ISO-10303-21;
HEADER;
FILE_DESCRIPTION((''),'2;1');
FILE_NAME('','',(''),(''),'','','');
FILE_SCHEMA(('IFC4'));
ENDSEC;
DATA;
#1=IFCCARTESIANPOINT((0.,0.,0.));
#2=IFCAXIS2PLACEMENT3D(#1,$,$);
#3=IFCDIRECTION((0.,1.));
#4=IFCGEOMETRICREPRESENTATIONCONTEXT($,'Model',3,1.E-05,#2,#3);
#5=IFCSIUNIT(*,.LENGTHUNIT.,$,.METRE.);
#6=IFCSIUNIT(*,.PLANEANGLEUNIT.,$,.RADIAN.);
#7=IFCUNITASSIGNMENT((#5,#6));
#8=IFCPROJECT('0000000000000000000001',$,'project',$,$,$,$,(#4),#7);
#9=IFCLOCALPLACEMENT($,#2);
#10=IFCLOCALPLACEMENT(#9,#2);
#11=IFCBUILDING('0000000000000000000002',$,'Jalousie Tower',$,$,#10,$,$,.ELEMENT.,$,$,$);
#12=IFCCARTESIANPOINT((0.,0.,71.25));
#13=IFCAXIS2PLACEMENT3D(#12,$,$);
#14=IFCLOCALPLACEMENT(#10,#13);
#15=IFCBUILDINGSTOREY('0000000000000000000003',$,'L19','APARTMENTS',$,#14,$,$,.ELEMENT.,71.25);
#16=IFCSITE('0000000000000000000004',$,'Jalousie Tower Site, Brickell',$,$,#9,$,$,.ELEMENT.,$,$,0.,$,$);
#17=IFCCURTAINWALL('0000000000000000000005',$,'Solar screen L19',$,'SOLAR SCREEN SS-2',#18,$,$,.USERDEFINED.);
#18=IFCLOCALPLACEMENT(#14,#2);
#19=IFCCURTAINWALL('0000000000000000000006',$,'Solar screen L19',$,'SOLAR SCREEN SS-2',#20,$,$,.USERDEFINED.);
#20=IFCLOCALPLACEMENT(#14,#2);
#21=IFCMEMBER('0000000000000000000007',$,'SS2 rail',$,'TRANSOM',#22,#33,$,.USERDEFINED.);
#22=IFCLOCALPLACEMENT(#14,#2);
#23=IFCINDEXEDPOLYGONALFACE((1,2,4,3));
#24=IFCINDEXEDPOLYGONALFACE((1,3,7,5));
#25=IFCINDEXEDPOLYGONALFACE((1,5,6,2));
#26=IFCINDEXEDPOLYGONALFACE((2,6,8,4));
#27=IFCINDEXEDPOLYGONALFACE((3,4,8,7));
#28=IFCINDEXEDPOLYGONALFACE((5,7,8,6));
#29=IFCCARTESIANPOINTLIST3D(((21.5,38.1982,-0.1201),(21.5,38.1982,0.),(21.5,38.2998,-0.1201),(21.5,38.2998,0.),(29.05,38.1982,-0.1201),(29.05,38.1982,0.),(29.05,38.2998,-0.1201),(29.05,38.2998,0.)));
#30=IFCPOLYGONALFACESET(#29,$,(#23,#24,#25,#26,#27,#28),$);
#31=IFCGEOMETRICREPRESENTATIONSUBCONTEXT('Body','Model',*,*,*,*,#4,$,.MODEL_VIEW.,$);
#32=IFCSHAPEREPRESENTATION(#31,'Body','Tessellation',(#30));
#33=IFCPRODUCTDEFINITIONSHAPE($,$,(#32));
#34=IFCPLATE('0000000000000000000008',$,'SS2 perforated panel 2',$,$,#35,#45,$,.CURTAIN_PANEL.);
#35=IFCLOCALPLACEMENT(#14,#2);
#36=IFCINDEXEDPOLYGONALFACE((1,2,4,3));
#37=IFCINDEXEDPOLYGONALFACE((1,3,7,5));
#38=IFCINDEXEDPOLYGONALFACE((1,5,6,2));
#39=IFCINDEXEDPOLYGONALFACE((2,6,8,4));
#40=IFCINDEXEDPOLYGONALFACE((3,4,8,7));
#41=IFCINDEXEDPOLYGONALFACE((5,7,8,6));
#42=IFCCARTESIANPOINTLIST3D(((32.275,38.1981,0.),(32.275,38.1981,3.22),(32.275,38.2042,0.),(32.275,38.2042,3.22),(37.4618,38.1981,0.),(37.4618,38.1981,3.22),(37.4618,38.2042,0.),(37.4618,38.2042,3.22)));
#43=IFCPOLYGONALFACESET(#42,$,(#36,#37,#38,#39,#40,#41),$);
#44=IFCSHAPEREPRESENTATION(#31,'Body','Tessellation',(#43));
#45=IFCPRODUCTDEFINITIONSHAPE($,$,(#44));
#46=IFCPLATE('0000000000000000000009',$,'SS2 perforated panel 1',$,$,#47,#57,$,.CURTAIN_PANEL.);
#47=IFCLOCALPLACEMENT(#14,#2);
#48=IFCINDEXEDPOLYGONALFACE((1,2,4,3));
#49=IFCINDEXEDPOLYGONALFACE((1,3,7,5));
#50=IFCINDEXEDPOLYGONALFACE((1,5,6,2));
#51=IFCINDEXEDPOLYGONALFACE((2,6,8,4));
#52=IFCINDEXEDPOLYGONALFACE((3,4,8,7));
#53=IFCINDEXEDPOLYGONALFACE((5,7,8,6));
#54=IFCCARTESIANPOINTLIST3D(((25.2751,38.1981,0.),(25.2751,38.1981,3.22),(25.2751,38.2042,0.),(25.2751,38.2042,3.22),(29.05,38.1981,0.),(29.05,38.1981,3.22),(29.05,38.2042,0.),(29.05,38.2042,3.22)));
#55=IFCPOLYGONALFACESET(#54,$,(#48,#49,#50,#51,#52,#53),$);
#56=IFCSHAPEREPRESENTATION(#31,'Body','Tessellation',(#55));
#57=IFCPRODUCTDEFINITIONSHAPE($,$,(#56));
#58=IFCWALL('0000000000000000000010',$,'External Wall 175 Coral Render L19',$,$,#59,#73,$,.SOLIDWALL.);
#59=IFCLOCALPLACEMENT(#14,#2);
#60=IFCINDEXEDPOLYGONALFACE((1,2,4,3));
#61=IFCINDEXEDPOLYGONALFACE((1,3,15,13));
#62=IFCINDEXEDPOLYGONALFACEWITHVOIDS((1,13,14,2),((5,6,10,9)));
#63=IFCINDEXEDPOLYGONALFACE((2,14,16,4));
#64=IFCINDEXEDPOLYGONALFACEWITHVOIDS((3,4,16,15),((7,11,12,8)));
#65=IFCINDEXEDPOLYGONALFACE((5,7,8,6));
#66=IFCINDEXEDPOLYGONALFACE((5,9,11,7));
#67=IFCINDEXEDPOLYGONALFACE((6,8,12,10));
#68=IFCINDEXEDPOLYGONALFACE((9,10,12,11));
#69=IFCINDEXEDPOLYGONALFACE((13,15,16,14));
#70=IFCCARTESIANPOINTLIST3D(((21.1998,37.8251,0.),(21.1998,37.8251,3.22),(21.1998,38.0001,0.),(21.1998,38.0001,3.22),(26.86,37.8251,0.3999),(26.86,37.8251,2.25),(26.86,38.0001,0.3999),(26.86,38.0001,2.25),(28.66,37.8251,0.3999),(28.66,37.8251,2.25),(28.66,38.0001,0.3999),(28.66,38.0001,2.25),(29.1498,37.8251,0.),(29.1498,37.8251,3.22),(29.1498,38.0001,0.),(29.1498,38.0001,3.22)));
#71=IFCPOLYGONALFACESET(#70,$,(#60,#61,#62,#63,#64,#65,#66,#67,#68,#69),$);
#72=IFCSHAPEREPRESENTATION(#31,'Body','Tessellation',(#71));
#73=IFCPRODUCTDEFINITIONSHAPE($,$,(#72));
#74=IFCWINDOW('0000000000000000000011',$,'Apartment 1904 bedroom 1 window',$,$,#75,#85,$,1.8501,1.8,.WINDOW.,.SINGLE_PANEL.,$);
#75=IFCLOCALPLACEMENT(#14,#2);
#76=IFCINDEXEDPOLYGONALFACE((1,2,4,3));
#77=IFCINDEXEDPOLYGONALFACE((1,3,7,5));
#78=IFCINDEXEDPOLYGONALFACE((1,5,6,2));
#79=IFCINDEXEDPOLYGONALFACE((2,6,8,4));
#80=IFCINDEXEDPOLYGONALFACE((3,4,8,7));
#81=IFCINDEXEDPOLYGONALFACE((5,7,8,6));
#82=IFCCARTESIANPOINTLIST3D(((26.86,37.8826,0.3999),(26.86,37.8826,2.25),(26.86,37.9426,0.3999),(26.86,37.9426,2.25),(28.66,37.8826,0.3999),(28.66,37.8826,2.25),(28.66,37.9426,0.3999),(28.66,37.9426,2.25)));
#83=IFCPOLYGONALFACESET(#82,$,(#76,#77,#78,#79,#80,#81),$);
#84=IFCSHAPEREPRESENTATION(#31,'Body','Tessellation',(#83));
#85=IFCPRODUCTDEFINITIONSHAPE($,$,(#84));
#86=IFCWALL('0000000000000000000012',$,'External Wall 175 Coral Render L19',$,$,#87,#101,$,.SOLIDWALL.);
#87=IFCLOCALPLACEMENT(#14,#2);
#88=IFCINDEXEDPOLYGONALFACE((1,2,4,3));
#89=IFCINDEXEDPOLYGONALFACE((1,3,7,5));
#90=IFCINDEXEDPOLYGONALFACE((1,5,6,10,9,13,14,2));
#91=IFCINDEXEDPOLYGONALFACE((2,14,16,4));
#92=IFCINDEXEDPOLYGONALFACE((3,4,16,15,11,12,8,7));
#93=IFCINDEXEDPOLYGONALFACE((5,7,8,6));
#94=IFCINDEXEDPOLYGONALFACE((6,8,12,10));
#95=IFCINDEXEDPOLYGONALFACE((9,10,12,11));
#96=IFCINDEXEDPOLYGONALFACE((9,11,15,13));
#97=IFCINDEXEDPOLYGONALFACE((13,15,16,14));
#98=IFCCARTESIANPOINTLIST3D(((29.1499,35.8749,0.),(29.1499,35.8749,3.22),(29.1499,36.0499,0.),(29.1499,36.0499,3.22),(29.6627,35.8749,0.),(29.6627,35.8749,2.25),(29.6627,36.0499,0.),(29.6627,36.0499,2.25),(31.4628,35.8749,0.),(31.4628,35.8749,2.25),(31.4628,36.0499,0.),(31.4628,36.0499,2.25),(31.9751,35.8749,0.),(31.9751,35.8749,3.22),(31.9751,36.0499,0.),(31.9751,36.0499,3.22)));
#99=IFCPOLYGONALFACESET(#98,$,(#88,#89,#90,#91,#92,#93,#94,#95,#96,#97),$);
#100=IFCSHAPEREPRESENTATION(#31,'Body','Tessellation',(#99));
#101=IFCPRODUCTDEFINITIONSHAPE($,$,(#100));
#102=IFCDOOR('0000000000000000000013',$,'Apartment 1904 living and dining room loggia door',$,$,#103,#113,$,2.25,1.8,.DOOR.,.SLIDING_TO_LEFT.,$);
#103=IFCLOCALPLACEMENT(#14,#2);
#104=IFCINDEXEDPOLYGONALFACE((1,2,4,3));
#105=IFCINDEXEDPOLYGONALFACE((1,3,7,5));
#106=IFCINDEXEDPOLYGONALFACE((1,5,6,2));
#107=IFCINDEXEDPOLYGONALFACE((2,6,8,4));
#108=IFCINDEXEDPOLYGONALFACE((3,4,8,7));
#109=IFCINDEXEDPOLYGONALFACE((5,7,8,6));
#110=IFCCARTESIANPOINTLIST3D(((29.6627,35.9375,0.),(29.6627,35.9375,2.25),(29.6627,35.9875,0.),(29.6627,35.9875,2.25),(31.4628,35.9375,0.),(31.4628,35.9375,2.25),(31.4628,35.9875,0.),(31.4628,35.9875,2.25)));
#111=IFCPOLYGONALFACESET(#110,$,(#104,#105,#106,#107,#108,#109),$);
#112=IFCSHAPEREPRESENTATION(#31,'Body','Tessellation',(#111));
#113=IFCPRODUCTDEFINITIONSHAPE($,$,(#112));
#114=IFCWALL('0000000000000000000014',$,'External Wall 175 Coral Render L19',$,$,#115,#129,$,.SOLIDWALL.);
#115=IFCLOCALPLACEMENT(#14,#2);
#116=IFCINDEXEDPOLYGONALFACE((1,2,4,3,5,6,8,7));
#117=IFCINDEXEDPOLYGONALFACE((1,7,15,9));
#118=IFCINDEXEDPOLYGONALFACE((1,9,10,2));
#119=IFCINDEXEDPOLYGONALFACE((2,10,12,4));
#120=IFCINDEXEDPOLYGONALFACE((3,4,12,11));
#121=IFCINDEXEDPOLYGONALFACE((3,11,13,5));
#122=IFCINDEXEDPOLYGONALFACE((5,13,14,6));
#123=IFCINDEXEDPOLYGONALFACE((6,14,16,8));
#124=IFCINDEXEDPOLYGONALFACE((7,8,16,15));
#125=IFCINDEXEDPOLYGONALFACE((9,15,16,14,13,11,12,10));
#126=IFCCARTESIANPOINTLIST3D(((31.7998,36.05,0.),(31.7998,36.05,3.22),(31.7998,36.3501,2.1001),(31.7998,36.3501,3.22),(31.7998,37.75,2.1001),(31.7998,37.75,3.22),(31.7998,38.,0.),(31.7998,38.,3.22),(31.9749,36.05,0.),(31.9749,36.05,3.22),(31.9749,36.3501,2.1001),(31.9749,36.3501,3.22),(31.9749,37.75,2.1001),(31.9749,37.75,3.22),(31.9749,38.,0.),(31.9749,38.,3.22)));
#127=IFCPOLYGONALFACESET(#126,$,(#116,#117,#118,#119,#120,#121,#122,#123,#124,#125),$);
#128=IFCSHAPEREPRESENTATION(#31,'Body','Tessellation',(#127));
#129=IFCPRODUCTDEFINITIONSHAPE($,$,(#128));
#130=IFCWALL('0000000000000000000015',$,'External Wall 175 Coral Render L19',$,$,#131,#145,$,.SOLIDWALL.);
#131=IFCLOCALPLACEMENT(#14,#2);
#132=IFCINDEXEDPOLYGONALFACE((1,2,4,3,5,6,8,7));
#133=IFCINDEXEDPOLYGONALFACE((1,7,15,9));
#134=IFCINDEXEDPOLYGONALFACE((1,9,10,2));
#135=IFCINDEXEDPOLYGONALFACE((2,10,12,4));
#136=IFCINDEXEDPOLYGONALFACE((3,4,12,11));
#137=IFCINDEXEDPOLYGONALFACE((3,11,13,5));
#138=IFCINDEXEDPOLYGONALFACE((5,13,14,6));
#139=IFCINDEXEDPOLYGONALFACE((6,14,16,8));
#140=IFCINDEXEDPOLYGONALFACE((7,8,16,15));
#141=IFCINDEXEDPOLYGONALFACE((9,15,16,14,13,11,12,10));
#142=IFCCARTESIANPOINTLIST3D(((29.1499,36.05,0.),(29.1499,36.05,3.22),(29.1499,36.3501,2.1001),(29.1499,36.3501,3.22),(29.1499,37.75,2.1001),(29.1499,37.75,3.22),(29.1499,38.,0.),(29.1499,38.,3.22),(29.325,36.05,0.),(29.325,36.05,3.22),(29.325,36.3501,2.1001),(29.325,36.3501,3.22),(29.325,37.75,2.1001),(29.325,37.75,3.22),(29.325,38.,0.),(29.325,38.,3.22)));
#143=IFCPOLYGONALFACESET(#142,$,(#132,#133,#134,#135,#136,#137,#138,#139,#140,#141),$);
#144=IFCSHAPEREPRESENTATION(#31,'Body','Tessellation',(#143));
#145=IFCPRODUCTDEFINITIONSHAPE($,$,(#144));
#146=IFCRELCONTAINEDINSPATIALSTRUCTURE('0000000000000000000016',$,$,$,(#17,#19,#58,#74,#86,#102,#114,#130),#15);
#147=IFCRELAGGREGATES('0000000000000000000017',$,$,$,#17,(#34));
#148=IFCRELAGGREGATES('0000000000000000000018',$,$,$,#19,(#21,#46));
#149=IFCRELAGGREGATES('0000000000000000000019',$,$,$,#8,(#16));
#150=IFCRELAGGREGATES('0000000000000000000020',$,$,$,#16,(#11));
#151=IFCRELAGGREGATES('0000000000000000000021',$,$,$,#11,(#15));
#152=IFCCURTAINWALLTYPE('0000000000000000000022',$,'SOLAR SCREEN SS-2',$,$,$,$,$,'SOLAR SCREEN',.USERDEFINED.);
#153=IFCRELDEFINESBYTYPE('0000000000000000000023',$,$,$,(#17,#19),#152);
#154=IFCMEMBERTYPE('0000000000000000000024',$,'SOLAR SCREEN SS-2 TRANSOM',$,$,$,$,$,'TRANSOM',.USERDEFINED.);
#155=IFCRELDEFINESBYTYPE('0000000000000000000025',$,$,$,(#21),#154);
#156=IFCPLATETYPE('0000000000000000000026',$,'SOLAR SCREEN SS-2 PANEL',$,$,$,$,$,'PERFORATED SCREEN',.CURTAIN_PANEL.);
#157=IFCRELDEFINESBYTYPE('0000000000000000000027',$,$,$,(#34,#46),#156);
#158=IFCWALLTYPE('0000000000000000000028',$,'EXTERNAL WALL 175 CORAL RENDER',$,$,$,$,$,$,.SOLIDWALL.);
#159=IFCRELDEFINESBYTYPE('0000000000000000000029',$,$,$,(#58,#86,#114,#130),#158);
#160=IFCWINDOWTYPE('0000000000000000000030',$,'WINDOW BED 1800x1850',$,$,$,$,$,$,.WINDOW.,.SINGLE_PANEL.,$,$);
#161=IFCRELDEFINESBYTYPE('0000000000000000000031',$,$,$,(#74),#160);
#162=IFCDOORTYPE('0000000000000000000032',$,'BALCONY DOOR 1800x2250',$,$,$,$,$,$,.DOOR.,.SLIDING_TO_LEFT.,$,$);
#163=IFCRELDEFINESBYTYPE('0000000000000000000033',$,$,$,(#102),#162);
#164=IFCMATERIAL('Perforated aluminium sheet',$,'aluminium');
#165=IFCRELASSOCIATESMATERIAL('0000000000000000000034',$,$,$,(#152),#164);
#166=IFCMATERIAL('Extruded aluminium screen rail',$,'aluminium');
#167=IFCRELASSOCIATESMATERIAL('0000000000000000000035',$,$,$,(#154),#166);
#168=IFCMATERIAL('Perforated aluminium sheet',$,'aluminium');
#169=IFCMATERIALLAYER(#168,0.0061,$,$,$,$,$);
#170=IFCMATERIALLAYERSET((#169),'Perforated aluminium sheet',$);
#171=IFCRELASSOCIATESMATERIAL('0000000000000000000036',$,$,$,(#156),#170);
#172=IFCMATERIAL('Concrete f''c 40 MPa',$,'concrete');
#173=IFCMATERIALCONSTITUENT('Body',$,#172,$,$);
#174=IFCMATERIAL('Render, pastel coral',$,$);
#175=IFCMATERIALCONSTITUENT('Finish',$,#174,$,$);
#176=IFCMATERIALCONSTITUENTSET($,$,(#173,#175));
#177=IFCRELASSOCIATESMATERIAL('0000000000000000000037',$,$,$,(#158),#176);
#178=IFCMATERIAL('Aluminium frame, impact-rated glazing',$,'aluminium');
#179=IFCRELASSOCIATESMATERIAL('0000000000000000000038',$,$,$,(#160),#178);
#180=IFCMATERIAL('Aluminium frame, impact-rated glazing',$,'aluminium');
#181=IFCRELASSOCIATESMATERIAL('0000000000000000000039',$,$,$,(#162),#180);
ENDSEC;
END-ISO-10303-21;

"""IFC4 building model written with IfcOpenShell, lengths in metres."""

from ifc_helpers import new_model, si_unit, direction, frame, frame_2d, origin, origin_2d, place, context, subcontext, project, spatial, polyline, rectangle, outline, extrude, material, layer, layer_set, constituent, constituent_set, material_profile, profile_set, type_object, element, fill, aggregate, save


model = new_model("IFC4")

# Units and contexts
model_context = context("Model", 3, precision=1e-05, world=origin(), true_north=direction((0.0, 1.0)))
body_context = subcontext(model_context, "Body", "Model", "MODEL_VIEW")
ifc_project = project(units=[si_unit("LENGTHUNIT", "METRE"), si_unit("PLANEANGLEUNIT", "RADIAN")], contexts=[model_context])

# Site, building, storey
site_placement = place(None, origin())
site = spatial("IfcSite", under=ifc_project, at=site_placement, Name="Jalousie Tower Site, Brickell", CompositionType="ELEMENT", RefElevation=0.0)
building_placement = place(site_placement, origin())
building = spatial("IfcBuilding", under=site, at=building_placement, Name="Jalousie Tower", CompositionType="ELEMENT")
storey_placement = place(building_placement, frame((0.0, 0.0, 71.25)))
storey = spatial("IfcBuildingStorey", under=building, at=storey_placement, Name="L19", Description="APARTMENTS", CompositionType="ELEMENT", Elevation=71.25)

# Curtain wall
ifc_material_1 = material(Name="Perforated aluminium sheet", Category="aluminium")
curtain_wall_type = type_object("IfcCurtainWallType", Name="SOLAR SCREEN SS-2", ElementType="SOLAR SCREEN", PredefinedType="USERDEFINED", material=ifc_material_1)
curtain_wall_1_placement = place(storey_placement, origin())
curtain_wall_1 = element("IfcCurtainWall", 1, at=curtain_wall_1_placement, inside=storey, type_object=curtain_wall_type, Name="Solar screen L19", ObjectType="SOLAR SCREEN SS-2", PredefinedType="USERDEFINED")

# Curtain wall, member
curtain_wall_2_placement = place(storey_placement, origin())
curtain_wall_2 = element("IfcCurtainWall", 2, at=curtain_wall_2_placement, inside=storey, type_object=curtain_wall_type, Name="Solar screen L19", ObjectType="SOLAR SCREEN SS-2", PredefinedType="USERDEFINED")
ifc_material_2 = material(Name="Extruded aluminium screen rail", Category="aluminium")
ifc_material_profile_1 = material_profile(ifc_material_2, rectangle(XDim=0.1016, YDim=0.1201, at=origin_2d()), Name="RAIL 102x120")
ifc_profile_set_1 = profile_set([ifc_material_profile_1], Name="Extruded aluminium screen rail")
member_type_1 = type_object("IfcMemberType", Name="SOLAR SCREEN SS-2 TRANSOM", ElementType="TRANSOM", PredefinedType="USERDEFINED", material=ifc_profile_set_1)
member_1_placement = place(storey_placement, frame((29.05, 38.249, -0.0601), z_axis=(-1.0, 0.0, 0.0), x_axis=(0.0, -1.0, 0.0)))
member_1 = element("IfcMember", 3, at=member_1_placement, type_object=member_type_1, Name="SS2 rail", ObjectType="TRANSOM", PredefinedType="USERDEFINED", context=body_context, shape_type="SweptSolid", body=[
    extrude(rectangle(XDim=0.1016, YDim=0.1201, at=origin_2d()), origin(), (0.0, 0.0, 1.0), 7.55),
])

# Plates
ifc_material_3 = material(Name="Perforated aluminium sheet", Category="aluminium")
ifc_layer_1 = layer(ifc_material_3, 0.0061)
ifc_layer_set_1 = layer_set([ifc_layer_1], Name="Perforated aluminium sheet")
plate_type = type_object("IfcPlateType", Name="SOLAR SCREEN SS-2 PANEL", ElementType="PERFORATED SCREEN", PredefinedType="CURTAIN_PANEL", material=ifc_layer_set_1)
plate_1_placement = place(storey_placement, frame((34.8684, 38.2012, 0.0), z_axis=(0.0, 0.0, 1.0), x_axis=(-1.0, 0.0, 0.0)))
plate_1 = element("IfcPlate", 4, at=plate_1_placement, type_object=plate_type, Name="SS2 perforated panel 2", PredefinedType="CURTAIN_PANEL", context=body_context, shape_type="SweptSolid", body=[
    extrude(rectangle(XDim=5.1868, YDim=0.0061, at=origin_2d()), origin(), (0.0, 0.0, 1.0), 3.22),
])
aggregate(curtain_wall_1, [plate_1])
plate_2_placement = place(storey_placement, frame((27.1626, 38.2012, 0.0), z_axis=(0.0, 0.0, 1.0), x_axis=(-1.0, 0.0, 0.0)))
plate_2 = element("IfcPlate", 5, at=plate_2_placement, type_object=plate_type, Name="SS2 perforated panel 1", PredefinedType="CURTAIN_PANEL", context=body_context, shape_type="SweptSolid", body=[
    extrude(rectangle(XDim=3.7749, YDim=0.0061, at=origin_2d()), origin(), (0.0, 0.0, 1.0), 3.22),
])
aggregate(curtain_wall_2, [member_1, plate_2])

# Wall, opening, window
ifc_material_4 = material(Name="Concrete f'c 40 MPa", Category="concrete")
ifc_constituent_1 = constituent(ifc_material_4, Name="Body")
ifc_material_5 = material(Name="Render, pastel coral")
ifc_constituent_2 = constituent(ifc_material_5, Name="Finish")
ifc_constituent_set_1 = constituent_set(constituents=[ifc_constituent_1, ifc_constituent_2])
wall_type_1 = type_object("IfcWallType", Name="EXTERNAL WALL 175 CORAL RENDER", PredefinedType="SOLIDWALL", material=ifc_constituent_set_1)
wall_1_placement = place(storey_placement, frame((29.1499, 37.9126, 0.0), z_axis=(0.0, 0.0, 1.0), x_axis=(-1.0, 0.0, 0.0)))
wall_1 = element("IfcWall", 6, at=wall_1_placement, inside=storey, type_object=wall_type_1, Name="External Wall 175 Coral Render L19", PredefinedType="SOLIDWALL", context=body_context, shape_type="SweptSolid", body=[
    extrude(rectangle(XDim=7.95, YDim=0.175, at=frame_2d((3.9751, 0.0))), origin(), (0.0, 0.0, 1.0), 3.22),
])
opening_1_placement = place(wall_1_placement, frame((0.49, 0.0, 0.3999)))
opening_1 = element("IfcOpeningElement", 7, at=opening_1_placement, cuts=wall_1, PredefinedType="OPENING", context=body_context, shape_type="SweptSolid", body=[
    extrude(rectangle(XDim=1.8, YDim=1.8501, at=frame_2d((0.8999, 0.925))), frame((0.0, 0.0974, 0.0), z_axis=(0.0, -1.0, 0.0), x_axis=(1.0, 0.0, 0.0)), (0.0, 0.0, 1.0), 0.1951),
])
ifc_material_6 = material(Name="Aluminium frame, impact-rated glazing", Category="aluminium")
window_type = type_object("IfcWindowType", Name="WINDOW BED 1800x1850", PartitioningType="SINGLE_PANEL", PredefinedType="WINDOW", material=ifc_material_6)
window_placement = place(opening_1_placement, origin())
window = element("IfcWindow", 8, at=window_placement, inside=storey, type_object=window_type, Name="Apartment 1904 bedroom 1 window", OverallHeight=1.8501, OverallWidth=1.8, PartitioningType="SINGLE_PANEL", PredefinedType="WINDOW", context=body_context, shape_type="SweptSolid", body=[
    extrude(rectangle(XDim=1.8, YDim=1.8501, at=frame_2d((0.8999, 0.925))), frame((0.0, 0.03, 0.0), z_axis=(0.0, -1.0, 0.0), x_axis=(1.0, 0.0, 0.0)), (0.0, 0.0, 1.0), 0.0601),
])
fill(opening_1, window)

# Wall, opening, door
wall_2_placement = place(storey_placement, frame((31.9751, 35.9624, 0.0), z_axis=(0.0, 0.0, 1.0), x_axis=(-1.0, 0.0, 0.0)))
wall_2 = element("IfcWall", 9, at=wall_2_placement, inside=storey, type_object=wall_type_1, Name="External Wall 175 Coral Render L19", PredefinedType="SOLIDWALL", context=body_context, shape_type="SweptSolid", body=[
    extrude(rectangle(XDim=2.8252, YDim=0.175, at=frame_2d((1.4126, 0.0))), origin(), (0.0, 0.0, 1.0), 3.22),
])
opening_2_placement = place(wall_2_placement, frame((0.5125, 0.0, 0.0)))
opening_2 = element("IfcOpeningElement", 10, at=opening_2_placement, cuts=wall_2, PredefinedType="OPENING", context=body_context, shape_type="SweptSolid", body=[
    extrude(rectangle(XDim=1.8, YDim=2.25, at=frame_2d((0.8999, 1.125))), frame((0.0, 0.0974, 0.0), z_axis=(0.0, -1.0, 0.0), x_axis=(1.0, 0.0, 0.0)), (0.0, 0.0, 1.0), 0.1951),
])
ifc_material_7 = material(Name="Aluminium frame, impact-rated glazing", Category="aluminium")
door_type_1 = type_object("IfcDoorType", Name="BALCONY DOOR 1800x2250", OperationType="SLIDING_TO_LEFT", PredefinedType="DOOR", material=ifc_material_7)
door_1_placement = place(opening_2_placement, origin())
door_1 = element("IfcDoor", 11, at=door_1_placement, inside=storey, type_object=door_type_1, Name="Apartment 1904 living and dining room loggia door", OperationType="SLIDING_TO_LEFT", OverallHeight=2.25, OverallWidth=1.8, PredefinedType="DOOR", context=body_context, shape_type="SweptSolid", body=[
    extrude(rectangle(XDim=1.8, YDim=2.25, at=frame_2d((0.8999, 1.125))), frame((0.0, 0.0249, 0.0), z_axis=(0.0, -1.0, 0.0), x_axis=(1.0, 0.0, 0.0)), (0.0, 0.0, 1.0), 0.05),
])
fill(opening_2, door_1)

# Walls
for number, where, z_axis, x_axis, name in (
    (12, (31.8875, 38.0, 0.0), (0.0, 0.0, 1.0), (0.0, -1.0, 0.0), "External Wall 175 Coral Render L19"),
    (13, (29.2375, 38.0, 0.0), (0.0, 0.0, 1.0), (0.0, -1.0, 0.0), "External Wall 175 Coral Render L19"),
):
    element("IfcWall", number, at=place(storey_placement, frame(where, z_axis=z_axis, x_axis=x_axis)), inside=storey, type_object=wall_type_1, Name=name, PredefinedType="SOLIDWALL", context=body_context, shape_type="SweptSolid", body=[
        extrude(outline(polyline([(0.0, 0.0), (1.95, 0.0), (1.95, 3.22), (1.6499, 3.22), (1.6499, 2.1001), (0.25, 2.1001), (0.25, 3.22), (0.0, 3.22), (0.0, 0.0)])), frame((0.0, 0.0874, 0.0), z_axis=(0.0, -1.0, 0.0), x_axis=(1.0, 0.0, 0.0)), (0.0, 0.0, 1.0), 0.175),
    ])

save(model, "model.ifc")
